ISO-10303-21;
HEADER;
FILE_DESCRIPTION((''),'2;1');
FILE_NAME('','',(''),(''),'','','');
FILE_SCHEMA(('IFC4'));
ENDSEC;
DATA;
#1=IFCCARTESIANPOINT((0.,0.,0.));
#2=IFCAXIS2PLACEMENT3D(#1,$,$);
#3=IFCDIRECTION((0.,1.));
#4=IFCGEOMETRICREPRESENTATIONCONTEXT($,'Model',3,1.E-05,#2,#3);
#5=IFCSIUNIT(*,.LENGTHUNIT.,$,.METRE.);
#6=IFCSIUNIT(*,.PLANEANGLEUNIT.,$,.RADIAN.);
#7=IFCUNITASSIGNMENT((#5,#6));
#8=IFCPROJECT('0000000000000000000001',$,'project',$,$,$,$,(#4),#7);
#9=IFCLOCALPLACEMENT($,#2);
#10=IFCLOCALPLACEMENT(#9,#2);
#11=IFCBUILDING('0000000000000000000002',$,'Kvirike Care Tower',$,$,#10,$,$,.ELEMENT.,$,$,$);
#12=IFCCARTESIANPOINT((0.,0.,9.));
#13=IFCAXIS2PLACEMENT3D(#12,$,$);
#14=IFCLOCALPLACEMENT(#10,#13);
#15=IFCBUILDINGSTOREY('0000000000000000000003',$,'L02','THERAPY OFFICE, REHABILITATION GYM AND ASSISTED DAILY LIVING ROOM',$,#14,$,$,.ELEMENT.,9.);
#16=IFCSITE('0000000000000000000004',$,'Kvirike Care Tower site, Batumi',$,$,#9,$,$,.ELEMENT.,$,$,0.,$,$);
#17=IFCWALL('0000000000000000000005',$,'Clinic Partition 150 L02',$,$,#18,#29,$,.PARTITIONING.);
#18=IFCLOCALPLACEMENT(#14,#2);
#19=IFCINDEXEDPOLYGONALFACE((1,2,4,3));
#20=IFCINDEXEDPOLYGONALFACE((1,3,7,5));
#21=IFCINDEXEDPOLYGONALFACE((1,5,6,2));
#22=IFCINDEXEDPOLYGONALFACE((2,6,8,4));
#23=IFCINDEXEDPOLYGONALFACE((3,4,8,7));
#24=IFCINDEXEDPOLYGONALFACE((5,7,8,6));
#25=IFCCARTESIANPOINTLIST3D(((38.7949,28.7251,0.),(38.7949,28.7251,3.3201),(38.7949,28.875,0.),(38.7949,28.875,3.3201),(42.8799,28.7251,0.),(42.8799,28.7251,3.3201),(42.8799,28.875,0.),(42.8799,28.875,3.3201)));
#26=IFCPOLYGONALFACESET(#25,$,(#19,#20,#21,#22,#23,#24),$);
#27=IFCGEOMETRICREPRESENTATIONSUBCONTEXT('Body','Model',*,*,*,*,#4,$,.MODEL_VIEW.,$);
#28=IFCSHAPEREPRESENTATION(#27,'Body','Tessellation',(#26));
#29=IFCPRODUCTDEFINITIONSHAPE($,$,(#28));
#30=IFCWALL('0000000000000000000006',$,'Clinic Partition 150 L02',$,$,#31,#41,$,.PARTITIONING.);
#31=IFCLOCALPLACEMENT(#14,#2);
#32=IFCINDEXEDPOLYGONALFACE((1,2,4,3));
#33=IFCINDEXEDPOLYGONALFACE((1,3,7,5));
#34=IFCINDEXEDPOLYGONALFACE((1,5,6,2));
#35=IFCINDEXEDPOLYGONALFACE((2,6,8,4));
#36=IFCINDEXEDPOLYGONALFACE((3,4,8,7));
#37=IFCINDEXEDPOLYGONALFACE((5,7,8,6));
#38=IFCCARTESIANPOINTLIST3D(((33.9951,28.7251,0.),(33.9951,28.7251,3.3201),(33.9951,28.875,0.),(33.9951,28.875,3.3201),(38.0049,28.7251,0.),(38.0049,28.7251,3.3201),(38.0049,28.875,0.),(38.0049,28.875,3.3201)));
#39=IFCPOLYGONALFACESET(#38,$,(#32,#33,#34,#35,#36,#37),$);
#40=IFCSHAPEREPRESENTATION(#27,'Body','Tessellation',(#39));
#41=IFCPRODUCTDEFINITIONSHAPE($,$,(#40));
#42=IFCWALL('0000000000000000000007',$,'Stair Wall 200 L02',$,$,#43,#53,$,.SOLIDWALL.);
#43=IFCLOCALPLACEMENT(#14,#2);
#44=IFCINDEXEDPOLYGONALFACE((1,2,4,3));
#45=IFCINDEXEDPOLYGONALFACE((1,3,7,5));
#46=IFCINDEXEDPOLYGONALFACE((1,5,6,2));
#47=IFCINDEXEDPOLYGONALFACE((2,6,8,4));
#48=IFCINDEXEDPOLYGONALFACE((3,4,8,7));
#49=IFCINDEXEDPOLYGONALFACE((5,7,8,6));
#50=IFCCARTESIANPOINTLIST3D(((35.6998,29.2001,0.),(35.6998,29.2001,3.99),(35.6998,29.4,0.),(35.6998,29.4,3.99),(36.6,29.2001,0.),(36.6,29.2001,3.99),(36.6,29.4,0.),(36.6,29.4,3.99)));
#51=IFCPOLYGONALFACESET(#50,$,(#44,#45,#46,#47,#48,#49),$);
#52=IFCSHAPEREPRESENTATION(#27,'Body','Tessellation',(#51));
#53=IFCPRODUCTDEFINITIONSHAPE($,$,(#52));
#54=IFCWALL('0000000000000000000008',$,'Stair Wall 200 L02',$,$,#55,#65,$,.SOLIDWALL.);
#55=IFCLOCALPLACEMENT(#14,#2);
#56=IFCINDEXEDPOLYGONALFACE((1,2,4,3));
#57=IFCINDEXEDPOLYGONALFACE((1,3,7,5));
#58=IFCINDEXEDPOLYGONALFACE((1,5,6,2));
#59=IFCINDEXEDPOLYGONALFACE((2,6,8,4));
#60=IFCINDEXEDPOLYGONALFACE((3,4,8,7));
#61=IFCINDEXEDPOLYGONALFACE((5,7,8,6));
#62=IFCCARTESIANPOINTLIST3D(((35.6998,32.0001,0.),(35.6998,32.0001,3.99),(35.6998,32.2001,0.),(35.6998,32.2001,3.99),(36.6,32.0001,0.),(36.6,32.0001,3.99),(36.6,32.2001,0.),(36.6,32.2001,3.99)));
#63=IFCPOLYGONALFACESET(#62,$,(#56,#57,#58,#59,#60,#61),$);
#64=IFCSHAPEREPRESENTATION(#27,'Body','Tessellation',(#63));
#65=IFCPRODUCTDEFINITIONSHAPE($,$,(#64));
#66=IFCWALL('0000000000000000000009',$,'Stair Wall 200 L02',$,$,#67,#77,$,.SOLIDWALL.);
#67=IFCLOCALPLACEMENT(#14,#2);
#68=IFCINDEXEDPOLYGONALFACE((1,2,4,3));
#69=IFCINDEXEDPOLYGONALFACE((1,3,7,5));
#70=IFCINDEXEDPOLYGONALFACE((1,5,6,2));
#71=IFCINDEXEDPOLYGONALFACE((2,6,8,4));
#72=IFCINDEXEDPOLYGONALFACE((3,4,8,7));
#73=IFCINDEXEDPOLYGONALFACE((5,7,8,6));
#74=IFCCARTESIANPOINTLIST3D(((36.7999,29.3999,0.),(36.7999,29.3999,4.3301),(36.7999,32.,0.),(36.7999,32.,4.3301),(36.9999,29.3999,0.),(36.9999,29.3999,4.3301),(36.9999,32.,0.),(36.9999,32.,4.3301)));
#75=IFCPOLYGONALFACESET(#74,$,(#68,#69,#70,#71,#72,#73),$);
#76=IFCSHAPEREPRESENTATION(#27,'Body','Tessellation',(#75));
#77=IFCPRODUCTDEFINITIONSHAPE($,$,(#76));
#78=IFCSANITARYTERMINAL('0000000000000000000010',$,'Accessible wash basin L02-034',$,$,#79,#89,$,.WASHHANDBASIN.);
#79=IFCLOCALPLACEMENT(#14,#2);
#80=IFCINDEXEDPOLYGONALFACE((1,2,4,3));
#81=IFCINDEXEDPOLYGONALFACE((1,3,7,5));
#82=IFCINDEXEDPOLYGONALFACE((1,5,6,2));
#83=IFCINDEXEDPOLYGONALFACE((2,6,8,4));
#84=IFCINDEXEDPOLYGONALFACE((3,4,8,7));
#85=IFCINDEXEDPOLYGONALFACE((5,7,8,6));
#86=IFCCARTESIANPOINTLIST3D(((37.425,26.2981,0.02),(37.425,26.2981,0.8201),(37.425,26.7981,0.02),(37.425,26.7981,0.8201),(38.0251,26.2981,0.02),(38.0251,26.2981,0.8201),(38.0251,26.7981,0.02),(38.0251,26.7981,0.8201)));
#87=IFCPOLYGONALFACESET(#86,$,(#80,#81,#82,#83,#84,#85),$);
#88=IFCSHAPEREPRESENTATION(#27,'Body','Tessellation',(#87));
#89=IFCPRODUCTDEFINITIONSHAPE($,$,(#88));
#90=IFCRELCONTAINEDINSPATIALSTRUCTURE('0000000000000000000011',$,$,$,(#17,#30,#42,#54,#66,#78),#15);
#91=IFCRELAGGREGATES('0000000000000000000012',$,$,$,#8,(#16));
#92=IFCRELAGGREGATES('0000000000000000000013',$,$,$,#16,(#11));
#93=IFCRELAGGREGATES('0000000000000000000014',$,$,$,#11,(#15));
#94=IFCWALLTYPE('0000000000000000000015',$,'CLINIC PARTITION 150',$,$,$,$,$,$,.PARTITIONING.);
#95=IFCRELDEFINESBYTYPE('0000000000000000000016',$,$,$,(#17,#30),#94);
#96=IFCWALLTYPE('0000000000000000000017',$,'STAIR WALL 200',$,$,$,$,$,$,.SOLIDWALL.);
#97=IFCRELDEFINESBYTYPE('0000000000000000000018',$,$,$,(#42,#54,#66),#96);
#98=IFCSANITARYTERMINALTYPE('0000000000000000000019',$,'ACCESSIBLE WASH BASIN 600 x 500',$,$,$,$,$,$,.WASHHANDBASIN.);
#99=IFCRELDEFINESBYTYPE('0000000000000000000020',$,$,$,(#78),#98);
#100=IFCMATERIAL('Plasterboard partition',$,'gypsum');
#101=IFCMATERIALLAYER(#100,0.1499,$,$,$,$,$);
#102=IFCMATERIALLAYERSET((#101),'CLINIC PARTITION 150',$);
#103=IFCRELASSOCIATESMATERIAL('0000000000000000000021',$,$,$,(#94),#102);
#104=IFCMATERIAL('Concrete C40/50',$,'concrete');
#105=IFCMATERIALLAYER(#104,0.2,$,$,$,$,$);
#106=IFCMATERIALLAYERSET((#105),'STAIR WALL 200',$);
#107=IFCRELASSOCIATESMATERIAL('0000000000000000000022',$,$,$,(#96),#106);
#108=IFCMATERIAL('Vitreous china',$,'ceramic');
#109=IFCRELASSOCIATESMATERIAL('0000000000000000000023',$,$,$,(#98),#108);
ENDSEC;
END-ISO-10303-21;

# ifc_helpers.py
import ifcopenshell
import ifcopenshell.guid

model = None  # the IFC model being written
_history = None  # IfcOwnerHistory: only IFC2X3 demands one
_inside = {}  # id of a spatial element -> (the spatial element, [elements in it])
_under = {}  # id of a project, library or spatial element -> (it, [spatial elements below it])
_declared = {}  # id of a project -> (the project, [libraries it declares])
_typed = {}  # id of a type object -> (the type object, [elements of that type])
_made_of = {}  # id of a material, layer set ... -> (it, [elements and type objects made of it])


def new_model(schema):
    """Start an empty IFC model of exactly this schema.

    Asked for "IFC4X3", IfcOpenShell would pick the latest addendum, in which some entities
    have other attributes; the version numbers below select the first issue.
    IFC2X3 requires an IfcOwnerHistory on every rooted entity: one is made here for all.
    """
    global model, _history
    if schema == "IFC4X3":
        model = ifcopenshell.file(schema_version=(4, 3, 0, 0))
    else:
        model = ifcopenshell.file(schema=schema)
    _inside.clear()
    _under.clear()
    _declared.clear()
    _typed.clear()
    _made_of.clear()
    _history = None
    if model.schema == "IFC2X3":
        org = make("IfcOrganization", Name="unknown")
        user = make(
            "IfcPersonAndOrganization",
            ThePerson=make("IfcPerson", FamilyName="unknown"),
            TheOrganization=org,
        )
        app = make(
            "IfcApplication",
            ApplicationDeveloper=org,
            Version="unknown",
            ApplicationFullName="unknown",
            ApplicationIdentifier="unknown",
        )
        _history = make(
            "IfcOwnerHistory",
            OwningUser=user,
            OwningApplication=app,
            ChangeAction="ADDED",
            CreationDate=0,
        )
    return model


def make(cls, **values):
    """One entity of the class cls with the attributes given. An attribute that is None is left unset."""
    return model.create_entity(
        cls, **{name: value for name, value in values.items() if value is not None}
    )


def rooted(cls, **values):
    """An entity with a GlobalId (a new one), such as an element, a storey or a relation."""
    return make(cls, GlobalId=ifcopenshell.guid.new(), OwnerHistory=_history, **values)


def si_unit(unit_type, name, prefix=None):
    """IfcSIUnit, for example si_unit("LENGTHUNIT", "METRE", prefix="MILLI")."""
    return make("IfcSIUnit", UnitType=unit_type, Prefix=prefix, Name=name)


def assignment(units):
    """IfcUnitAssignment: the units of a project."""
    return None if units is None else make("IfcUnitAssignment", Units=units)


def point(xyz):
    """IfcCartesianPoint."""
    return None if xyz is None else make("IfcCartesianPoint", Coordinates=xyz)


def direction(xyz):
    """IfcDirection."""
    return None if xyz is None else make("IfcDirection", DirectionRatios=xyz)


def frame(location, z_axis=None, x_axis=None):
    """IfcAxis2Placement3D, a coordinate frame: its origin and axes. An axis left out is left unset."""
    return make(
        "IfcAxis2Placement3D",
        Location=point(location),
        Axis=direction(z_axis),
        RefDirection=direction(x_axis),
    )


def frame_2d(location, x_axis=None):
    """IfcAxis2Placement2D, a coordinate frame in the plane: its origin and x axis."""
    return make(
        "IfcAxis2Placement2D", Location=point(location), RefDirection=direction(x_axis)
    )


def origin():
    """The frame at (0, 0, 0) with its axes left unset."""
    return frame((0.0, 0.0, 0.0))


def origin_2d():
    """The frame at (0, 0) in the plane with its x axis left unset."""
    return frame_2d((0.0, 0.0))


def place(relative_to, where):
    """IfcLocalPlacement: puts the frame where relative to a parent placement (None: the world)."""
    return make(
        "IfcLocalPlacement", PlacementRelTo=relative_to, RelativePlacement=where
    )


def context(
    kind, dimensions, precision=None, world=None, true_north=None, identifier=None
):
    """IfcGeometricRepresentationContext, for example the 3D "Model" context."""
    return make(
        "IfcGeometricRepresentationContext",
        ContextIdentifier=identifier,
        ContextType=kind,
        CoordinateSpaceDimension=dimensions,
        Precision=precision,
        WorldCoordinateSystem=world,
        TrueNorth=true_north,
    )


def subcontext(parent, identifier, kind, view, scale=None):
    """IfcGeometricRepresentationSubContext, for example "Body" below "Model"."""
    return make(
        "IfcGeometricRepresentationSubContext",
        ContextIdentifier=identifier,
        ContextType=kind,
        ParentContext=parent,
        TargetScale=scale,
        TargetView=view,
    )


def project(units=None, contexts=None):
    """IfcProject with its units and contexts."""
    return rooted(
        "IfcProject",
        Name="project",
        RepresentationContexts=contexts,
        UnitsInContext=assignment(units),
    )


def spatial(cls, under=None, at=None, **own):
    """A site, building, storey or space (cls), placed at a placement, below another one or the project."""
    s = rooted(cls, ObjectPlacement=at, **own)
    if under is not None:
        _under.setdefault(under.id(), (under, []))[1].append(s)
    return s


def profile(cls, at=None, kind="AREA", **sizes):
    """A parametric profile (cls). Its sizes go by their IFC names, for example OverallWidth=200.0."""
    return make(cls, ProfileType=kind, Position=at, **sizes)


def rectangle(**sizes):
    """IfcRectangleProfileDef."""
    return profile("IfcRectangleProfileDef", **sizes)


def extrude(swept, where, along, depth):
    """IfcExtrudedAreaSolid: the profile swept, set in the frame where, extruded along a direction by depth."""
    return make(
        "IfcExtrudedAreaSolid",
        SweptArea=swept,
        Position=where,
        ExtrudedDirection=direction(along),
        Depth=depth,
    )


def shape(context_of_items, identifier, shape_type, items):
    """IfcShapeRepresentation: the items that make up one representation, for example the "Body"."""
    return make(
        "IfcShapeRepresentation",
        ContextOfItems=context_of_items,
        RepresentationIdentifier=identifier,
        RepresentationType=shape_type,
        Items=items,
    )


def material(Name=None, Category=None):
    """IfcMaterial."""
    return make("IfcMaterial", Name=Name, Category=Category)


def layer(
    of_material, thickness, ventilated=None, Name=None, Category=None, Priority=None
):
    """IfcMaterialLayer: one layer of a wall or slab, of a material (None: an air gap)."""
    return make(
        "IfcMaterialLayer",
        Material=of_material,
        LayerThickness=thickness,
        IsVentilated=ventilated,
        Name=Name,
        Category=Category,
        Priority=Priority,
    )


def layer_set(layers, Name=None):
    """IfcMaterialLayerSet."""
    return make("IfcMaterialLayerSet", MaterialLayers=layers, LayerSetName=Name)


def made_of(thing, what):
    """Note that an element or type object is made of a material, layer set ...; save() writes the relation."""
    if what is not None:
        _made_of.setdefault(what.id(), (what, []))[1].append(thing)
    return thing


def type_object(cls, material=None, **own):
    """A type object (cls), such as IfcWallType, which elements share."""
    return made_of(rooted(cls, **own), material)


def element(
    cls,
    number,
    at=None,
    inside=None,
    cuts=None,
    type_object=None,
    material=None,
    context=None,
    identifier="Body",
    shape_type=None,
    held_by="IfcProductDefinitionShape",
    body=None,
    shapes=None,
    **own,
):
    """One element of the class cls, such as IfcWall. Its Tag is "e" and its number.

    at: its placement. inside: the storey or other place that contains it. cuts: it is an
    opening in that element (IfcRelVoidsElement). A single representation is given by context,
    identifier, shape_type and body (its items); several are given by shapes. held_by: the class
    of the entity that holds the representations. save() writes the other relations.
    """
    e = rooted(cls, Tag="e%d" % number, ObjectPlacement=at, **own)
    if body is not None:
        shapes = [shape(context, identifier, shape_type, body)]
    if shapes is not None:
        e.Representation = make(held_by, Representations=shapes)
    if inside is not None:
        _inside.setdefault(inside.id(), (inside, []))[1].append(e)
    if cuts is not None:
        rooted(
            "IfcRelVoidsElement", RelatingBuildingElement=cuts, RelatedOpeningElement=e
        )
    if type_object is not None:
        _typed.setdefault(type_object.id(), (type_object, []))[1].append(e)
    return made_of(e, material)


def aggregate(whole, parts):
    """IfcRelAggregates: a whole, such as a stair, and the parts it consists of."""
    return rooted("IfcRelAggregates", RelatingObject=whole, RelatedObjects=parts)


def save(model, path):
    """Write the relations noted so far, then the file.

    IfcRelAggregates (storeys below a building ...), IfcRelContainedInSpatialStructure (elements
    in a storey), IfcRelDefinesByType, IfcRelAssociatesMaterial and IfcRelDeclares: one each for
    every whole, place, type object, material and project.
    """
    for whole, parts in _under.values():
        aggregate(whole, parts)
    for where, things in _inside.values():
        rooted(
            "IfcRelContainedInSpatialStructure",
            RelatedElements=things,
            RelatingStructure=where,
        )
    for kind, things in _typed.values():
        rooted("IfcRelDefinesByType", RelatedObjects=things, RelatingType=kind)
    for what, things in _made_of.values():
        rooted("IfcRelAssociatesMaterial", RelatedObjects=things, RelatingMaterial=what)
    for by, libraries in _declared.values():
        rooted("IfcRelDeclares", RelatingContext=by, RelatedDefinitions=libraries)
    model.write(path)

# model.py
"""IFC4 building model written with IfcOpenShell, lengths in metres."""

from ifc_helpers import new_model, si_unit, direction, frame, frame_2d, origin, origin_2d, place, context, subcontext, project, spatial, rectangle, extrude, material, layer, layer_set, type_object, element, save


model = new_model("IFC4")

# Units and contexts
model_context = context("Model", 3, precision=1e-05, world=origin(), true_north=direction((0.0, 1.0)))
body_context = subcontext(model_context, "Body", "Model", "MODEL_VIEW")
ifc_project = project(units=[si_unit("LENGTHUNIT", "METRE"), si_unit("PLANEANGLEUNIT", "RADIAN")], contexts=[model_context])

# Site, building, storey
site_placement = place(None, origin())
site = spatial("IfcSite", under=ifc_project, at=site_placement, Name="Kvirike Care Tower site, Batumi", CompositionType="ELEMENT", RefElevation=0.0)
building_placement = place(site_placement, origin())
building = spatial("IfcBuilding", under=site, at=building_placement, Name="Kvirike Care Tower", CompositionType="ELEMENT")
storey_placement = place(building_placement, frame((0.0, 0.0, 9.0)))
storey = spatial("IfcBuildingStorey", under=building, at=storey_placement, Name="L02", Description="THERAPY OFFICE, REHABILITATION GYM AND ASSISTED DAILY LIVING ROOM", CompositionType="ELEMENT", Elevation=9.0)

# Walls
ifc_material_1 = material(Name="Plasterboard partition", Category="gypsum")
ifc_layer_1 = layer(ifc_material_1, 0.1499)
ifc_layer_set_1 = layer_set([ifc_layer_1], Name="CLINIC PARTITION 150")
wall_type_1 = type_object("IfcWallType", Name="CLINIC PARTITION 150", PredefinedType="PARTITIONING", material=ifc_layer_set_1)
wall_1_placement = place(storey_placement, frame((42.8799, 28.8, 0.0), z_axis=(0.0, 0.0, 1.0), x_axis=(-1.0, 0.0, 0.0)))
element("IfcWall", 1, at=wall_1_placement, inside=storey, type_object=wall_type_1, Name="Clinic Partition 150 L02", PredefinedType="PARTITIONING", context=body_context, shape_type="SweptSolid", body=[
    extrude(rectangle(XDim=4.085, YDim=0.1499, at=frame_2d((2.0425, 0.0))), origin(), (0.0, 0.0, 1.0), 3.3201),
])
wall_2_placement = place(storey_placement, frame((38.0049, 28.8, 0.0), z_axis=(0.0, 0.0, 1.0), x_axis=(-1.0, 0.0, 0.0)))
element("IfcWall", 2, at=wall_2_placement, inside=storey, type_object=wall_type_1, Name="Clinic Partition 150 L02", PredefinedType="PARTITIONING", context=body_context, shape_type="SweptSolid", body=[
    extrude(rectangle(XDim=4.0098, YDim=0.1499, at=frame_2d((2.0049, 0.0))), origin(), (0.0, 0.0, 1.0), 3.3201),
])
ifc_material_2 = material(Name="Concrete C40/50", Category="concrete")
ifc_layer_2 = layer(ifc_material_2, 0.2)
ifc_layer_set_2 = layer_set([ifc_layer_2], Name="STAIR WALL 200")
wall_type_2 = type_object("IfcWallType", Name="STAIR WALL 200", PredefinedType="SOLIDWALL", material=ifc_layer_set_2)
for number, where, z_axis, x_axis, name in (
    (3, (36.6001, 29.3, 0.0), (0.0, 0.0, 1.0), (-1.0, 0.0, 0.0), "Stair Wall 200 L02"),
    (4, (36.6001, 32.1001, 0.0), (0.0, 0.0, 1.0), (-1.0, 0.0, 0.0), "Stair Wall 200 L02"),
):
    element("IfcWall", number, at=place(storey_placement, frame(where, z_axis=z_axis, x_axis=x_axis)), inside=storey, type_object=wall_type_2, Name=name, PredefinedType="SOLIDWALL", context=body_context, shape_type="SweptSolid", body=[
        extrude(rectangle(XDim=0.9001, YDim=0.2, at=frame_2d((0.4502, 0.0))), origin(), (0.0, 0.0, 1.0), 3.99),
    ])
wall_3_placement = place(storey_placement, frame((36.8999, 29.3999, 0.0), z_axis=(0.0, 0.0, 1.0), x_axis=(0.0, 1.0, 0.0)))
element("IfcWall", 5, at=wall_3_placement, inside=storey, type_object=wall_type_2, Name="Stair Wall 200 L02", PredefinedType="SOLIDWALL", context=body_context, shape_type="SweptSolid", body=[
    extrude(rectangle(XDim=2.6001, YDim=0.2, at=frame_2d((1.3, 0.0))), origin(), (0.0, 0.0, 1.0), 4.3301),
])

# Sanitary terminal
ifc_material_3 = material(Name="Vitreous china", Category="ceramic")
sanitary_terminal_type = type_object("IfcSanitaryTerminalType", Name="ACCESSIBLE WASH BASIN 600 x 500", PredefinedType="WASHHANDBASIN", material=ifc_material_3)
sanitary_terminal_placement = place(storey_placement, frame((37.7251, 26.5481, 0.02), z_axis=(0.0, 0.0, 1.0), x_axis=(1.0, 0.0, 0.0)))
element("IfcSanitaryTerminal", 6, at=sanitary_terminal_placement, inside=storey, type_object=sanitary_terminal_type, Name="Accessible wash basin L02-034", PredefinedType="WASHHANDBASIN", context=body_context, shape_type="SweptSolid", body=[
    extrude(rectangle(XDim=0.6001, YDim=0.5, at=origin_2d()), origin(), (0.0, 0.0, 1.0), 0.8),
])

save(model, "model.ifc")
